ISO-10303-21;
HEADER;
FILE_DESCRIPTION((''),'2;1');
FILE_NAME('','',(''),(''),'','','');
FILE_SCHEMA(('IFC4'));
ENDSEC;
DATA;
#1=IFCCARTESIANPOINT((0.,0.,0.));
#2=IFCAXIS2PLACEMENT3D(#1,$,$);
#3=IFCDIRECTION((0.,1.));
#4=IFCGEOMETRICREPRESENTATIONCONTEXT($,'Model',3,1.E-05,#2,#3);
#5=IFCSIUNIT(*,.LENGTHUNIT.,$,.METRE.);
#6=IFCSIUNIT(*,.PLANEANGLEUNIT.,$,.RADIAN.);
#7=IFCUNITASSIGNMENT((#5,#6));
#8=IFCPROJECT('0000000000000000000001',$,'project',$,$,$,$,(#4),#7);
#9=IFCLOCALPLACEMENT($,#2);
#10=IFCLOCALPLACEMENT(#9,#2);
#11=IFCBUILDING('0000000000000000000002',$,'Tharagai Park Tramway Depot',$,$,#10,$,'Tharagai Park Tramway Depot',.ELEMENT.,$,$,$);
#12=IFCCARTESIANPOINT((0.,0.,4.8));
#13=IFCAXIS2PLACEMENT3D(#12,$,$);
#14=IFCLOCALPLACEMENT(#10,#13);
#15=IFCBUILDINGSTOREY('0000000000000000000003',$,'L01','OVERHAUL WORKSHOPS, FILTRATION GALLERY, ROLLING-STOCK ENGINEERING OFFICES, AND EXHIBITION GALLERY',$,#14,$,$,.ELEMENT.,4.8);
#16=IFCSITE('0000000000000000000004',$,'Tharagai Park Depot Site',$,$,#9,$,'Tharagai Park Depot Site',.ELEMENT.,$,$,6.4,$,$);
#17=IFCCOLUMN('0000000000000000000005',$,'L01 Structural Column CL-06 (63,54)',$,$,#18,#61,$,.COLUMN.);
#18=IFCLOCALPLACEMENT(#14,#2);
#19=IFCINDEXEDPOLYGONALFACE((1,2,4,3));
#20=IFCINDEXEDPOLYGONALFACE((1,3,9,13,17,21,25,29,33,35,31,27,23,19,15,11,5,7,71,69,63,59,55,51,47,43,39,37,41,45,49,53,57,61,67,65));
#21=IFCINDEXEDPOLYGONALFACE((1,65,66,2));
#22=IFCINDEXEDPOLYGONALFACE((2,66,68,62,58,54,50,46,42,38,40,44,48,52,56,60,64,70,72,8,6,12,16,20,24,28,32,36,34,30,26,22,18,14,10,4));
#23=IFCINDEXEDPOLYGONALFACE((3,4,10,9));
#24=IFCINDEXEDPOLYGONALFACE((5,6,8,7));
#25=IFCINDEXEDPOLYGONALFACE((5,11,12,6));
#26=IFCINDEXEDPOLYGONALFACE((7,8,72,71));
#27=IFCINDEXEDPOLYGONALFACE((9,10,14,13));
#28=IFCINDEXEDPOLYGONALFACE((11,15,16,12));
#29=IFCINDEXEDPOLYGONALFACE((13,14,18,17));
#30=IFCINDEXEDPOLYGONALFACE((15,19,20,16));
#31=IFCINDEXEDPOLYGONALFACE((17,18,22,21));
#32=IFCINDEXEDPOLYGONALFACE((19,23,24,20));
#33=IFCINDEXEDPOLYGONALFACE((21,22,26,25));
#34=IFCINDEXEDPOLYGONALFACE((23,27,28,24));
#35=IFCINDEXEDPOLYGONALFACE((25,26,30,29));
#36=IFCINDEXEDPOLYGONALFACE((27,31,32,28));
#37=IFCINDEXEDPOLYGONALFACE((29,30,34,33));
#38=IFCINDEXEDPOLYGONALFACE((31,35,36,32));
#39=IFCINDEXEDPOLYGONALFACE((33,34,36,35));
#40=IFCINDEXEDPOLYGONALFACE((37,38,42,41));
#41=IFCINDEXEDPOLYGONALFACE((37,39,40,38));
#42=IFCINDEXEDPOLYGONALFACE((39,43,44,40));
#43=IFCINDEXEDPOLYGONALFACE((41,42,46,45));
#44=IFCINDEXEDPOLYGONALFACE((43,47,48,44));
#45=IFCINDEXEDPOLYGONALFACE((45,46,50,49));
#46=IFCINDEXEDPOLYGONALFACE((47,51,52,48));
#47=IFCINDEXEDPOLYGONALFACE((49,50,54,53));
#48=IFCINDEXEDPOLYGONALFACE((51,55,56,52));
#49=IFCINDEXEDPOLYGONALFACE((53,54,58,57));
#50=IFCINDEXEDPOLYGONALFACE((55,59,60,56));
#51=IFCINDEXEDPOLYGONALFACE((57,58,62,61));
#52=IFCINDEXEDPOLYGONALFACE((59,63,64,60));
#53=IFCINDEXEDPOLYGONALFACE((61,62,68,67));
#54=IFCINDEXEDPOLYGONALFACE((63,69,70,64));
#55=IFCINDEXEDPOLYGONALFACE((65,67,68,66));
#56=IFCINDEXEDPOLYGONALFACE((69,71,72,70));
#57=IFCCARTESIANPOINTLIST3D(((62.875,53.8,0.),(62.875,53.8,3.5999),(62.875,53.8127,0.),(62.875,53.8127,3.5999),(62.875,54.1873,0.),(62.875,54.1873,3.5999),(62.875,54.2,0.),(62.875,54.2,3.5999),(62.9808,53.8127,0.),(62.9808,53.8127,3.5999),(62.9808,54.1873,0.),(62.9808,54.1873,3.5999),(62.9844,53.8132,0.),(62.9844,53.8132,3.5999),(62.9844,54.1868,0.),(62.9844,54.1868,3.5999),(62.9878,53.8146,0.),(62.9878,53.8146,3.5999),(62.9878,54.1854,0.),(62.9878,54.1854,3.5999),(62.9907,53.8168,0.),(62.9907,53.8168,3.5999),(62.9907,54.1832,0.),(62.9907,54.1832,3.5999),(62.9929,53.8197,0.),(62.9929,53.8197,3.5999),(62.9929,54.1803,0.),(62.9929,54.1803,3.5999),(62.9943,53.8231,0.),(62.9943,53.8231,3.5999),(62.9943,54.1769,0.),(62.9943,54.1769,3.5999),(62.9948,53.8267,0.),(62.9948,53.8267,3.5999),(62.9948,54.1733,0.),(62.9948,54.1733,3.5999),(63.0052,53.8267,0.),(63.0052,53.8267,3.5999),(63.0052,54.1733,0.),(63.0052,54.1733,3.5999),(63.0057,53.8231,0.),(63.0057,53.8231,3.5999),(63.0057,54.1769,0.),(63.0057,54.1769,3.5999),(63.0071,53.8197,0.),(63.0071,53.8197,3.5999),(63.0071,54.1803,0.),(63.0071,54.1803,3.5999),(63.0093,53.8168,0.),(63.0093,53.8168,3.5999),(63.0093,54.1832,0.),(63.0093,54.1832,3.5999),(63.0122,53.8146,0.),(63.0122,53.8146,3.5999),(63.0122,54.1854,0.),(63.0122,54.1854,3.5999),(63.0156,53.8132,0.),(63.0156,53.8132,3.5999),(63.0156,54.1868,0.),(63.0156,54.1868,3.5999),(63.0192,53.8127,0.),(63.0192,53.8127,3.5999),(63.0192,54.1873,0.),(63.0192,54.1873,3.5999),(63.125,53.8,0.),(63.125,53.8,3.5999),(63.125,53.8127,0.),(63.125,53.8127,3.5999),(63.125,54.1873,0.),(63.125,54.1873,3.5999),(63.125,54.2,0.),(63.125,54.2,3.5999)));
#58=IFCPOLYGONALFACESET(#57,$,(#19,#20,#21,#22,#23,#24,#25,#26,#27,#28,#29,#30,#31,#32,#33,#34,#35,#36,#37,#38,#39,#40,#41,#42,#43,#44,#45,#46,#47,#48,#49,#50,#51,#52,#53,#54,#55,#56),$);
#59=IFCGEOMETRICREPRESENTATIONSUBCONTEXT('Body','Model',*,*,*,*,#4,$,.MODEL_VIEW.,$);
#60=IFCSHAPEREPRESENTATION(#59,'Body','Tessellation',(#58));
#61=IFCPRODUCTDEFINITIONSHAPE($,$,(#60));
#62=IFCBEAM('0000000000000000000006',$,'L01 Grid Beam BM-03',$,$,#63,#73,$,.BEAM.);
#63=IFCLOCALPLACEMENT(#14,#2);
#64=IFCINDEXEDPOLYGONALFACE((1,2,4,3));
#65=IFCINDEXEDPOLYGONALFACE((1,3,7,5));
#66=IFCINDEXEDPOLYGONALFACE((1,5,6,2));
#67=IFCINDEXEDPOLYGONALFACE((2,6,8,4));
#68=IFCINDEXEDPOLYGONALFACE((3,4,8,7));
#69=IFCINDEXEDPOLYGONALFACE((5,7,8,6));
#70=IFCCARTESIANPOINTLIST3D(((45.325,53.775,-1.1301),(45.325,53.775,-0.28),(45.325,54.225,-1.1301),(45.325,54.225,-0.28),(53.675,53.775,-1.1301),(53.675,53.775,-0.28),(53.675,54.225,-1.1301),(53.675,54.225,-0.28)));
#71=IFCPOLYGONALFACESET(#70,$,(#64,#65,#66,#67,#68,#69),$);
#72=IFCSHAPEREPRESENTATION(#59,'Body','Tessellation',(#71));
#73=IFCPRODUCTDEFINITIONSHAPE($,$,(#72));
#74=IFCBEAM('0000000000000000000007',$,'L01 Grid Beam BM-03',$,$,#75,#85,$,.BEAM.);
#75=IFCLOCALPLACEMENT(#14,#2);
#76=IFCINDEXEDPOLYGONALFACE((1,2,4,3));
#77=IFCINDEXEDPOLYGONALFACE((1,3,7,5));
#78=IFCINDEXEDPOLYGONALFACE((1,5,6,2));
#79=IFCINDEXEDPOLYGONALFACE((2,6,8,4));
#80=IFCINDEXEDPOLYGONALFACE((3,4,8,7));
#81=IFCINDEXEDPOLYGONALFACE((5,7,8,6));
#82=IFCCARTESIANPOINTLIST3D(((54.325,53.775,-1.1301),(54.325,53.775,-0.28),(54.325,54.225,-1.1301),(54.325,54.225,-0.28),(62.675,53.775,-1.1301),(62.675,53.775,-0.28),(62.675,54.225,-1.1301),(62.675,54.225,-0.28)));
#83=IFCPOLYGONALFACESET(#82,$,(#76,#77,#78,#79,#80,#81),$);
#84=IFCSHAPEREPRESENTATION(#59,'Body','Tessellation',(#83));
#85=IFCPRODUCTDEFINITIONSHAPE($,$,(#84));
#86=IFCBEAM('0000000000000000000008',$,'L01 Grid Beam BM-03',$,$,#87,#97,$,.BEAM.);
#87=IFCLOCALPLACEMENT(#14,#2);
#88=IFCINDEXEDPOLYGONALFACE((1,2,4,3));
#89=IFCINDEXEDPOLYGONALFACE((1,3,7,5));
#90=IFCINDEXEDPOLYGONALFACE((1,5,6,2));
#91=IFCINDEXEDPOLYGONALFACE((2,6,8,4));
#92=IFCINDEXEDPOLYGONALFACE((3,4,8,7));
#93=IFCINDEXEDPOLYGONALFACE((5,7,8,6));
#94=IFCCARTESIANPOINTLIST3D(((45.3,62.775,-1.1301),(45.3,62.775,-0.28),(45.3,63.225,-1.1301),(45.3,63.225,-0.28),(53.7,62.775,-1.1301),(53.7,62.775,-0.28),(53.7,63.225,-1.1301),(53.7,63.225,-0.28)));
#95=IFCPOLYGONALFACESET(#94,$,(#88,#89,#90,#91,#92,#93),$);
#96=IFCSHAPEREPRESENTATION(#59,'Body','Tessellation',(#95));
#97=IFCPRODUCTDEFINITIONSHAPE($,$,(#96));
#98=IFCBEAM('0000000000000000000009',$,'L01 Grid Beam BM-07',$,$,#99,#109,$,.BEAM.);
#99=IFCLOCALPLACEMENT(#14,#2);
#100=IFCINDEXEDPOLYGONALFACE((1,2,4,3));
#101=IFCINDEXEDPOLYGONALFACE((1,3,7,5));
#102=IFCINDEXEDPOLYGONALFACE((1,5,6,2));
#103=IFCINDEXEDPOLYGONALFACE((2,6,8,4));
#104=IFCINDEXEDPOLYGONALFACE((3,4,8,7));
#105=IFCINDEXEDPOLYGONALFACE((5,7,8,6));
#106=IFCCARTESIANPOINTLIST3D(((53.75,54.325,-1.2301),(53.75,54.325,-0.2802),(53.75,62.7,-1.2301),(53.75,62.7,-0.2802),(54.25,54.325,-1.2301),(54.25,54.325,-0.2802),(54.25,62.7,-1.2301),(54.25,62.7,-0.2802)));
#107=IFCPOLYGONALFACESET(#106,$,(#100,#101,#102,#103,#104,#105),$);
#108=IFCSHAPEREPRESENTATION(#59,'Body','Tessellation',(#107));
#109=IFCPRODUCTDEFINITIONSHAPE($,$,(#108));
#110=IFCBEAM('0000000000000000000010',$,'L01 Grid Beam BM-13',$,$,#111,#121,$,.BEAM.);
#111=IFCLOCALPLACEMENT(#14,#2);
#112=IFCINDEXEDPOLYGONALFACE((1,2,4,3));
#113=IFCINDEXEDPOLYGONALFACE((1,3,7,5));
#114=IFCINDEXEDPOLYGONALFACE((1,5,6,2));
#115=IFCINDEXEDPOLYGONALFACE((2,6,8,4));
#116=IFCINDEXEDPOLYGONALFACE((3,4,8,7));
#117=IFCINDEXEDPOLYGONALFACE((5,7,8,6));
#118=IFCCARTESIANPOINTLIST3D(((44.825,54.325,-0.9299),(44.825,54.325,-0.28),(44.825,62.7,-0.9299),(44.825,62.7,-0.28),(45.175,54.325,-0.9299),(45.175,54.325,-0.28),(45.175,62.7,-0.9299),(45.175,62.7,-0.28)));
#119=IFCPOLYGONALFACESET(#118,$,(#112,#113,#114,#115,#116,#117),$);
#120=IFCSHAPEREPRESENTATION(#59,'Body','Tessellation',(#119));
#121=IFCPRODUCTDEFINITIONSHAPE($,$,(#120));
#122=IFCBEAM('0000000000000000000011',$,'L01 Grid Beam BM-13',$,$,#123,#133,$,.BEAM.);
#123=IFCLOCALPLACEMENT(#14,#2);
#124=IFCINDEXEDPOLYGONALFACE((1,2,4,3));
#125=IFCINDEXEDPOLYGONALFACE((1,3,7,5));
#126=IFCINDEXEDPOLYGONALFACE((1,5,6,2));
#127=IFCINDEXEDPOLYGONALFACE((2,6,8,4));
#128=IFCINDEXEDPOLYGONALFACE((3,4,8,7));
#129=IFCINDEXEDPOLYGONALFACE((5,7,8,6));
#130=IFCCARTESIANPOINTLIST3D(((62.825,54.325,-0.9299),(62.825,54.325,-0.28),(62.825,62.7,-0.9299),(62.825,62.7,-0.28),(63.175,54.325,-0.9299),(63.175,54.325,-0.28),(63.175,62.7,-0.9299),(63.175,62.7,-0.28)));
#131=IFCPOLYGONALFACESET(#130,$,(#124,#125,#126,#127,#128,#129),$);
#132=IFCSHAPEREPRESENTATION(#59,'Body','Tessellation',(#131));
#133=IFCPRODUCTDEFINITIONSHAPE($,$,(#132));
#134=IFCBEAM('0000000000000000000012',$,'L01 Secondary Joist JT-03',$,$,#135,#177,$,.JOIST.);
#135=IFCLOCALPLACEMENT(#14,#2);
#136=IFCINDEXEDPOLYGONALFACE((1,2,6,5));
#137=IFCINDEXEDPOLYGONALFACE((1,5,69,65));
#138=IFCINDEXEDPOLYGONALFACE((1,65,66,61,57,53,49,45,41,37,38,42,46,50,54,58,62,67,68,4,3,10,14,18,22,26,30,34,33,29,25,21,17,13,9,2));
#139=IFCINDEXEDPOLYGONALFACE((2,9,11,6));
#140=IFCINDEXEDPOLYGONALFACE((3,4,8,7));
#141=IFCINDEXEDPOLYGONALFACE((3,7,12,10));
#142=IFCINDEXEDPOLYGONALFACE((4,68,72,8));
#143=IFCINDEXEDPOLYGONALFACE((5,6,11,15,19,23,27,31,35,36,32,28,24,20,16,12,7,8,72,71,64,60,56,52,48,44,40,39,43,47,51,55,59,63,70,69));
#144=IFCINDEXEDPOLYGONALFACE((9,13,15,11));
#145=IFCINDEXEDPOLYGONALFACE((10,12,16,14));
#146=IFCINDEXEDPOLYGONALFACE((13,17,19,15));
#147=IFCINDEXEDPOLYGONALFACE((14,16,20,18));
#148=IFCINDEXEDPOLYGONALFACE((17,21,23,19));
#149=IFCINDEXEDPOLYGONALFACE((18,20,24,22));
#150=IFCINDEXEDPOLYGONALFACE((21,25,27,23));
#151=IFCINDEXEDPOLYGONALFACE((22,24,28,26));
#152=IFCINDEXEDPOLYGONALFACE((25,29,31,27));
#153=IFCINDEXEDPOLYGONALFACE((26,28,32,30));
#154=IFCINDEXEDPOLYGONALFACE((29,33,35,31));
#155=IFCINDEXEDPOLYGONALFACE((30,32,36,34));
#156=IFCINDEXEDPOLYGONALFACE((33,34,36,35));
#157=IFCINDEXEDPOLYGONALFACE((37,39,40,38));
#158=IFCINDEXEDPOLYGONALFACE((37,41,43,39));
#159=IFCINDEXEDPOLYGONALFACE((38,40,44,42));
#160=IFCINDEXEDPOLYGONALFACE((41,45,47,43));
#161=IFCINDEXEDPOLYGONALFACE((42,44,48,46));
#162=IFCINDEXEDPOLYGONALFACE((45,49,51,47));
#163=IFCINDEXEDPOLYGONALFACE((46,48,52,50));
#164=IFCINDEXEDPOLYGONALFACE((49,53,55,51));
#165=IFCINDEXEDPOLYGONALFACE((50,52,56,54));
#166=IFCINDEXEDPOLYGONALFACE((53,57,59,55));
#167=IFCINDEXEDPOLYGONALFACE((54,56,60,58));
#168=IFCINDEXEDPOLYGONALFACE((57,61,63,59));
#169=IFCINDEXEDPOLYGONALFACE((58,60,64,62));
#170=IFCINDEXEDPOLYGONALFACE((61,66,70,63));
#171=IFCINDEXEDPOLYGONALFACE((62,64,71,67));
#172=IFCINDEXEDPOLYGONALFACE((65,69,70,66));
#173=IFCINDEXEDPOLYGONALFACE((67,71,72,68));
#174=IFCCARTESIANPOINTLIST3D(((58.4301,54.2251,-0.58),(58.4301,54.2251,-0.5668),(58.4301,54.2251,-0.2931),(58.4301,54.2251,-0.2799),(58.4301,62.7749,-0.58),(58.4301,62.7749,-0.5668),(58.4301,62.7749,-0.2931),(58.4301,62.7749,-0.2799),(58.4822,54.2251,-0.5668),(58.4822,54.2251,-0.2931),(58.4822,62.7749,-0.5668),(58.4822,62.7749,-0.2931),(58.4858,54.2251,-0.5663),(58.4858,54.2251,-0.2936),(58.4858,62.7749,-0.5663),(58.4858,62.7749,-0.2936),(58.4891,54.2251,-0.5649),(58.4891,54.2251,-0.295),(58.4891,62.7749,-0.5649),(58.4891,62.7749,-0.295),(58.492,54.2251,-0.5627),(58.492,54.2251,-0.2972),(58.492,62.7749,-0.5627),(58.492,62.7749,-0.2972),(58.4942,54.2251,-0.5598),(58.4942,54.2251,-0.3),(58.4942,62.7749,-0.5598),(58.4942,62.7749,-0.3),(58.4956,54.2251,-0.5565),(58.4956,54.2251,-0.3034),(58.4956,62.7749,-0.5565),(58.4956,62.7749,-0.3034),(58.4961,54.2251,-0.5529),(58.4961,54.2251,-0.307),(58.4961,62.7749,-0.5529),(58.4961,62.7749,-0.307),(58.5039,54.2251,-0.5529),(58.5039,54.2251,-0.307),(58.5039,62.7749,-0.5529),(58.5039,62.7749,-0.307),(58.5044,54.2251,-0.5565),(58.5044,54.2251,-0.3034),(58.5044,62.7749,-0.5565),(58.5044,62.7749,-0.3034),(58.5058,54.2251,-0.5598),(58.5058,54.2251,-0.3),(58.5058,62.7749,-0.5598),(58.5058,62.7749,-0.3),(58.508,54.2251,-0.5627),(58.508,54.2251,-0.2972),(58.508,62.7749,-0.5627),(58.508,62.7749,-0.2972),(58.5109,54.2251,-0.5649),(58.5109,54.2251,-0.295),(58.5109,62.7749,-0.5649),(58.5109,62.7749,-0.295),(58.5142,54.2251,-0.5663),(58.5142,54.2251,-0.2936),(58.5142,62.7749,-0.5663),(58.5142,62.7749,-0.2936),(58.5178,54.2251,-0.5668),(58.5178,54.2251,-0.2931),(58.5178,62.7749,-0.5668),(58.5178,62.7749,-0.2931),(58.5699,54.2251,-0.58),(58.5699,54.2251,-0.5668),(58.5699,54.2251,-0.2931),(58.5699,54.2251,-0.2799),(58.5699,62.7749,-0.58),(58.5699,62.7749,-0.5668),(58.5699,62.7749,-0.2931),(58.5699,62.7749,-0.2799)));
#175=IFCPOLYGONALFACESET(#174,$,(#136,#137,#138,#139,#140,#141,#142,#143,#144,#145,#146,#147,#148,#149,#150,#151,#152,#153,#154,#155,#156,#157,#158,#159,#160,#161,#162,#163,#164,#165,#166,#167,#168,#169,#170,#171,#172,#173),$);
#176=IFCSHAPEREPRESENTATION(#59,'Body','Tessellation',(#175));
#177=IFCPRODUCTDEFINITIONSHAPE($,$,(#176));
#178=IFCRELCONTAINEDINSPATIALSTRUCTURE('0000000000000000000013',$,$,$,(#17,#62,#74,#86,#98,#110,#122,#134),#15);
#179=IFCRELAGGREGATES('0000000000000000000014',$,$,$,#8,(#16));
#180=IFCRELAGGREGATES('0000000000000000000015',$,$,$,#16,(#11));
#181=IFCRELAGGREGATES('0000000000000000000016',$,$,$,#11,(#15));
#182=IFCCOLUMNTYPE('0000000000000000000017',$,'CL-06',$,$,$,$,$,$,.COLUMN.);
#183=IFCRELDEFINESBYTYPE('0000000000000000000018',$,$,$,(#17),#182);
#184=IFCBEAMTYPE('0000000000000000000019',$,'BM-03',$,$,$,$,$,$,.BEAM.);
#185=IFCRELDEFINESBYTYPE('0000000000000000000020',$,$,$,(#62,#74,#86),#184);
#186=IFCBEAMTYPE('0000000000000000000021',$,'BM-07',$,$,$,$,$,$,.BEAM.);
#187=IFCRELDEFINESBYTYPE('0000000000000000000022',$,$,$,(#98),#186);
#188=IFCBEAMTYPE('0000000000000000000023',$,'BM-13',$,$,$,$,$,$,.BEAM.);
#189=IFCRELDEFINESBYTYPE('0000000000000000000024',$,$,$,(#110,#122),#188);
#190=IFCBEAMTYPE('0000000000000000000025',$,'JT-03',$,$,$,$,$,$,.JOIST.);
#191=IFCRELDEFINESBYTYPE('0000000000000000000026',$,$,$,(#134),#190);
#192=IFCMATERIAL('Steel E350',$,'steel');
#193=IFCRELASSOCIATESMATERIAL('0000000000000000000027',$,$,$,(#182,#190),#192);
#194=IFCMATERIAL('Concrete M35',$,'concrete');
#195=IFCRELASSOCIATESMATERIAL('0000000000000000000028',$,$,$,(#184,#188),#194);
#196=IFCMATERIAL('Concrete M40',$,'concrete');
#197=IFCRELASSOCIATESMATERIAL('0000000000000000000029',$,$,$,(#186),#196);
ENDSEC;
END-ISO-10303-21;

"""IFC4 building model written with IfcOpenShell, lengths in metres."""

from ifc_helpers import new_model, si_unit, direction, frame, origin, origin_2d, place, context, subcontext, project, spatial, rectangle, i_section, extrude, material, material_profile, profile_set, type_object, element, save


model = new_model("IFC4")

# Units and contexts
model_context = context("Model", 3, precision=1e-05, world=origin(), true_north=direction((0.0, 1.0)))
body_context = subcontext(model_context, "Body", "Model", "MODEL_VIEW")
ifc_project = project(units=[si_unit("LENGTHUNIT", "METRE"), si_unit("PLANEANGLEUNIT", "RADIAN")], contexts=[model_context])

# Site, building, storey
site_placement = place(None, origin())
site = spatial("IfcSite", under=ifc_project, at=site_placement, Name="Tharagai Park Depot Site", LongName="Tharagai Park Depot Site", CompositionType="ELEMENT", RefElevation=6.4)
building_placement = place(site_placement, origin())
building = spatial("IfcBuilding", under=site, at=building_placement, Name="Tharagai Park Tramway Depot", LongName="Tharagai Park Tramway Depot", CompositionType="ELEMENT")
storey_placement = place(building_placement, frame((0.0, 0.0, 4.8)))
storey = spatial("IfcBuildingStorey", under=building, at=storey_placement, Name="L01", Description="OVERHAUL WORKSHOPS, FILTRATION GALLERY, ROLLING-STOCK ENGINEERING OFFICES, AND EXHIBITION GALLERY", CompositionType="ELEMENT", Elevation=4.8)

# Column
ifc_material_1 = material(Name="Steel E350", Category="steel")
ifc_material_profile_1 = material_profile(ifc_material_1, i_section(OverallWidth=0.25, OverallDepth=0.3999, WebThickness=0.0105, FlangeThickness=0.0127, FilletRadius=0.0139, at=origin_2d()), Name="ISHB 400")
ifc_profile_set_1 = profile_set([ifc_material_profile_1], Name="Steel E350")
column_type = type_object("IfcColumnType", Name="CL-06", PredefinedType="COLUMN", material=ifc_profile_set_1)
for number, where, z_axis, x_axis, name in (
    (1, (63.0, 54.0, 0.0), (0.0, 0.0, 1.0), (1.0, 0.0, 0.0), "L01 Structural Column CL-06 (63,54)"),
):
    element("IfcColumn", number, at=place(storey_placement, frame(where, z_axis=z_axis, x_axis=x_axis)), inside=storey, type_object=column_type, Name=name, PredefinedType="COLUMN", context=body_context, shape_type="SweptSolid", body=[
        extrude(i_section(OverallWidth=0.25, OverallDepth=0.3999, WebThickness=0.0105, FlangeThickness=0.0127, FilletRadius=0.0139, at=origin_2d()), origin(), (0.0, 0.0, 1.0), 3.5999),
    ])

# Beams
ifc_material_2 = material(Name="Concrete M35", Category="concrete")
ifc_material_profile_2 = material_profile(ifc_material_2, rectangle(XDim=0.45, YDim=0.8501, at=origin_2d()), Name="RC 450x850")
ifc_profile_set_2 = profile_set([ifc_material_profile_2], Name="Concrete M35")
beam_type_1 = type_object("IfcBeamType", Name="BM-03", PredefinedType="BEAM", material=ifc_profile_set_2)
for number, where, z_axis, x_axis, name in (
    (2, (45.325, 54.0, -0.7051), (1.0, 0.0, 0.0), (0.0, 1.0, 0.0), "L01 Grid Beam BM-03"),
    (3, (54.325, 54.0, -0.7051), (1.0, 0.0, 0.0), (0.0, 1.0, 0.0), "L01 Grid Beam BM-03"),
):
    element("IfcBeam", number, at=place(storey_placement, frame(where, z_axis=z_axis, x_axis=x_axis)), inside=storey, type_object=beam_type_1, Name=name, PredefinedType="BEAM", context=body_context, shape_type="SweptSolid", body=[
        extrude(rectangle(XDim=0.45, YDim=0.8501, at=origin_2d()), origin(), (0.0, 0.0, 1.0), 8.3501),
    ])
beam_1_placement = place(storey_placement, frame((45.3, 63.0, -0.7051), z_axis=(1.0, 0.0, 0.0), x_axis=(0.0, 1.0, 0.0)))
element("IfcBeam", 4, at=beam_1_placement, inside=storey, type_object=beam_type_1, Name="L01 Grid Beam BM-03", PredefinedType="BEAM", context=body_context, shape_type="SweptSolid", body=[
    extrude(rectangle(XDim=0.45, YDim=0.8501, at=origin_2d()), origin(), (0.0, 0.0, 1.0), 8.3999),
])
ifc_material_3 = material(Name="Concrete M40", Category="concrete")
ifc_material_profile_3 = material_profile(ifc_material_3, rectangle(XDim=0.5, YDim=0.95, at=origin_2d()), Name="RC 500x950")
ifc_profile_set_3 = profile_set([ifc_material_profile_3], Name="Concrete M40")
beam_type_2 = type_object("IfcBeamType", Name="BM-07", PredefinedType="BEAM", material=ifc_profile_set_3)
beam_2_placement = place(storey_placement, frame((54.0, 54.325, -0.7551), z_axis=(0.0, 1.0, 0.0), x_axis=(-1.0, 0.0, 0.0)))
element("IfcBeam", 5, at=beam_2_placement, inside=storey, type_object=beam_type_2, Name="L01 Grid Beam BM-07", PredefinedType="BEAM", context=body_context, shape_type="SweptSolid", body=[
    extrude(rectangle(XDim=0.5, YDim=0.95, at=origin_2d()), origin(), (0.0, 0.0, 1.0), 8.375),
])
ifc_material_profile_4 = material_profile(ifc_material_2, rectangle(XDim=0.3501, YDim=0.6499, at=origin_2d()), Name="RC 350x650")
ifc_profile_set_4 = profile_set([ifc_material_profile_4], Name="Concrete M35")
beam_type_3 = type_object("IfcBeamType", Name="BM-13", PredefinedType="BEAM", material=ifc_profile_set_4)
for number, where, z_axis, x_axis, name in (
    (6, (45.0, 54.325, -0.605), (0.0, 1.0, 0.0), (-1.0, 0.0, 0.0), "L01 Grid Beam BM-13"),
    (7, (63.0, 54.325, -0.605), (0.0, 1.0, 0.0), (-1.0, 0.0, 0.0), "L01 Grid Beam BM-13"),
):
    element("IfcBeam", number, at=place(storey_placement, frame(where, z_axis=z_axis, x_axis=x_axis)), inside=storey, type_object=beam_type_3, Name=name, PredefinedType="BEAM", context=body_context, shape_type="SweptSolid", body=[
        extrude(rectangle(XDim=0.3501, YDim=0.6499, at=origin_2d()), origin(), (0.0, 0.0, 1.0), 8.375),
    ])
ifc_material_profile_5 = material_profile(ifc_material_1, i_section(OverallWidth=0.1399, OverallDepth=0.3, WebThickness=0.0078, FlangeThickness=0.0132, FilletRadius=0.0139, at=origin_2d()), Name="ISMB 300")
ifc_profile_set_5 = profile_set([ifc_material_profile_5], Name="Steel E350")
beam_type_4 = type_object("IfcBeamType", Name="JT-03", PredefinedType="JOIST", material=ifc_profile_set_5)
beam_3_placement = place(storey_placement, frame((58.5, 54.2251, -0.4299), z_axis=(0.0, 1.0, 0.0), x_axis=(-1.0, 0.0, 0.0)))
element("IfcBeam", 8, at=beam_3_placement, inside=storey, type_object=beam_type_4, Name="L01 Secondary Joist JT-03", PredefinedType="JOIST", context=body_context, shape_type="SweptSolid", body=[
    extrude(i_section(OverallWidth=0.1399, OverallDepth=0.3, WebThickness=0.0078, FlangeThickness=0.0132, FilletRadius=0.0139, at=origin_2d()), origin(), (0.0, 0.0, 1.0), 8.5498),
])

save(model, "model.ifc")
